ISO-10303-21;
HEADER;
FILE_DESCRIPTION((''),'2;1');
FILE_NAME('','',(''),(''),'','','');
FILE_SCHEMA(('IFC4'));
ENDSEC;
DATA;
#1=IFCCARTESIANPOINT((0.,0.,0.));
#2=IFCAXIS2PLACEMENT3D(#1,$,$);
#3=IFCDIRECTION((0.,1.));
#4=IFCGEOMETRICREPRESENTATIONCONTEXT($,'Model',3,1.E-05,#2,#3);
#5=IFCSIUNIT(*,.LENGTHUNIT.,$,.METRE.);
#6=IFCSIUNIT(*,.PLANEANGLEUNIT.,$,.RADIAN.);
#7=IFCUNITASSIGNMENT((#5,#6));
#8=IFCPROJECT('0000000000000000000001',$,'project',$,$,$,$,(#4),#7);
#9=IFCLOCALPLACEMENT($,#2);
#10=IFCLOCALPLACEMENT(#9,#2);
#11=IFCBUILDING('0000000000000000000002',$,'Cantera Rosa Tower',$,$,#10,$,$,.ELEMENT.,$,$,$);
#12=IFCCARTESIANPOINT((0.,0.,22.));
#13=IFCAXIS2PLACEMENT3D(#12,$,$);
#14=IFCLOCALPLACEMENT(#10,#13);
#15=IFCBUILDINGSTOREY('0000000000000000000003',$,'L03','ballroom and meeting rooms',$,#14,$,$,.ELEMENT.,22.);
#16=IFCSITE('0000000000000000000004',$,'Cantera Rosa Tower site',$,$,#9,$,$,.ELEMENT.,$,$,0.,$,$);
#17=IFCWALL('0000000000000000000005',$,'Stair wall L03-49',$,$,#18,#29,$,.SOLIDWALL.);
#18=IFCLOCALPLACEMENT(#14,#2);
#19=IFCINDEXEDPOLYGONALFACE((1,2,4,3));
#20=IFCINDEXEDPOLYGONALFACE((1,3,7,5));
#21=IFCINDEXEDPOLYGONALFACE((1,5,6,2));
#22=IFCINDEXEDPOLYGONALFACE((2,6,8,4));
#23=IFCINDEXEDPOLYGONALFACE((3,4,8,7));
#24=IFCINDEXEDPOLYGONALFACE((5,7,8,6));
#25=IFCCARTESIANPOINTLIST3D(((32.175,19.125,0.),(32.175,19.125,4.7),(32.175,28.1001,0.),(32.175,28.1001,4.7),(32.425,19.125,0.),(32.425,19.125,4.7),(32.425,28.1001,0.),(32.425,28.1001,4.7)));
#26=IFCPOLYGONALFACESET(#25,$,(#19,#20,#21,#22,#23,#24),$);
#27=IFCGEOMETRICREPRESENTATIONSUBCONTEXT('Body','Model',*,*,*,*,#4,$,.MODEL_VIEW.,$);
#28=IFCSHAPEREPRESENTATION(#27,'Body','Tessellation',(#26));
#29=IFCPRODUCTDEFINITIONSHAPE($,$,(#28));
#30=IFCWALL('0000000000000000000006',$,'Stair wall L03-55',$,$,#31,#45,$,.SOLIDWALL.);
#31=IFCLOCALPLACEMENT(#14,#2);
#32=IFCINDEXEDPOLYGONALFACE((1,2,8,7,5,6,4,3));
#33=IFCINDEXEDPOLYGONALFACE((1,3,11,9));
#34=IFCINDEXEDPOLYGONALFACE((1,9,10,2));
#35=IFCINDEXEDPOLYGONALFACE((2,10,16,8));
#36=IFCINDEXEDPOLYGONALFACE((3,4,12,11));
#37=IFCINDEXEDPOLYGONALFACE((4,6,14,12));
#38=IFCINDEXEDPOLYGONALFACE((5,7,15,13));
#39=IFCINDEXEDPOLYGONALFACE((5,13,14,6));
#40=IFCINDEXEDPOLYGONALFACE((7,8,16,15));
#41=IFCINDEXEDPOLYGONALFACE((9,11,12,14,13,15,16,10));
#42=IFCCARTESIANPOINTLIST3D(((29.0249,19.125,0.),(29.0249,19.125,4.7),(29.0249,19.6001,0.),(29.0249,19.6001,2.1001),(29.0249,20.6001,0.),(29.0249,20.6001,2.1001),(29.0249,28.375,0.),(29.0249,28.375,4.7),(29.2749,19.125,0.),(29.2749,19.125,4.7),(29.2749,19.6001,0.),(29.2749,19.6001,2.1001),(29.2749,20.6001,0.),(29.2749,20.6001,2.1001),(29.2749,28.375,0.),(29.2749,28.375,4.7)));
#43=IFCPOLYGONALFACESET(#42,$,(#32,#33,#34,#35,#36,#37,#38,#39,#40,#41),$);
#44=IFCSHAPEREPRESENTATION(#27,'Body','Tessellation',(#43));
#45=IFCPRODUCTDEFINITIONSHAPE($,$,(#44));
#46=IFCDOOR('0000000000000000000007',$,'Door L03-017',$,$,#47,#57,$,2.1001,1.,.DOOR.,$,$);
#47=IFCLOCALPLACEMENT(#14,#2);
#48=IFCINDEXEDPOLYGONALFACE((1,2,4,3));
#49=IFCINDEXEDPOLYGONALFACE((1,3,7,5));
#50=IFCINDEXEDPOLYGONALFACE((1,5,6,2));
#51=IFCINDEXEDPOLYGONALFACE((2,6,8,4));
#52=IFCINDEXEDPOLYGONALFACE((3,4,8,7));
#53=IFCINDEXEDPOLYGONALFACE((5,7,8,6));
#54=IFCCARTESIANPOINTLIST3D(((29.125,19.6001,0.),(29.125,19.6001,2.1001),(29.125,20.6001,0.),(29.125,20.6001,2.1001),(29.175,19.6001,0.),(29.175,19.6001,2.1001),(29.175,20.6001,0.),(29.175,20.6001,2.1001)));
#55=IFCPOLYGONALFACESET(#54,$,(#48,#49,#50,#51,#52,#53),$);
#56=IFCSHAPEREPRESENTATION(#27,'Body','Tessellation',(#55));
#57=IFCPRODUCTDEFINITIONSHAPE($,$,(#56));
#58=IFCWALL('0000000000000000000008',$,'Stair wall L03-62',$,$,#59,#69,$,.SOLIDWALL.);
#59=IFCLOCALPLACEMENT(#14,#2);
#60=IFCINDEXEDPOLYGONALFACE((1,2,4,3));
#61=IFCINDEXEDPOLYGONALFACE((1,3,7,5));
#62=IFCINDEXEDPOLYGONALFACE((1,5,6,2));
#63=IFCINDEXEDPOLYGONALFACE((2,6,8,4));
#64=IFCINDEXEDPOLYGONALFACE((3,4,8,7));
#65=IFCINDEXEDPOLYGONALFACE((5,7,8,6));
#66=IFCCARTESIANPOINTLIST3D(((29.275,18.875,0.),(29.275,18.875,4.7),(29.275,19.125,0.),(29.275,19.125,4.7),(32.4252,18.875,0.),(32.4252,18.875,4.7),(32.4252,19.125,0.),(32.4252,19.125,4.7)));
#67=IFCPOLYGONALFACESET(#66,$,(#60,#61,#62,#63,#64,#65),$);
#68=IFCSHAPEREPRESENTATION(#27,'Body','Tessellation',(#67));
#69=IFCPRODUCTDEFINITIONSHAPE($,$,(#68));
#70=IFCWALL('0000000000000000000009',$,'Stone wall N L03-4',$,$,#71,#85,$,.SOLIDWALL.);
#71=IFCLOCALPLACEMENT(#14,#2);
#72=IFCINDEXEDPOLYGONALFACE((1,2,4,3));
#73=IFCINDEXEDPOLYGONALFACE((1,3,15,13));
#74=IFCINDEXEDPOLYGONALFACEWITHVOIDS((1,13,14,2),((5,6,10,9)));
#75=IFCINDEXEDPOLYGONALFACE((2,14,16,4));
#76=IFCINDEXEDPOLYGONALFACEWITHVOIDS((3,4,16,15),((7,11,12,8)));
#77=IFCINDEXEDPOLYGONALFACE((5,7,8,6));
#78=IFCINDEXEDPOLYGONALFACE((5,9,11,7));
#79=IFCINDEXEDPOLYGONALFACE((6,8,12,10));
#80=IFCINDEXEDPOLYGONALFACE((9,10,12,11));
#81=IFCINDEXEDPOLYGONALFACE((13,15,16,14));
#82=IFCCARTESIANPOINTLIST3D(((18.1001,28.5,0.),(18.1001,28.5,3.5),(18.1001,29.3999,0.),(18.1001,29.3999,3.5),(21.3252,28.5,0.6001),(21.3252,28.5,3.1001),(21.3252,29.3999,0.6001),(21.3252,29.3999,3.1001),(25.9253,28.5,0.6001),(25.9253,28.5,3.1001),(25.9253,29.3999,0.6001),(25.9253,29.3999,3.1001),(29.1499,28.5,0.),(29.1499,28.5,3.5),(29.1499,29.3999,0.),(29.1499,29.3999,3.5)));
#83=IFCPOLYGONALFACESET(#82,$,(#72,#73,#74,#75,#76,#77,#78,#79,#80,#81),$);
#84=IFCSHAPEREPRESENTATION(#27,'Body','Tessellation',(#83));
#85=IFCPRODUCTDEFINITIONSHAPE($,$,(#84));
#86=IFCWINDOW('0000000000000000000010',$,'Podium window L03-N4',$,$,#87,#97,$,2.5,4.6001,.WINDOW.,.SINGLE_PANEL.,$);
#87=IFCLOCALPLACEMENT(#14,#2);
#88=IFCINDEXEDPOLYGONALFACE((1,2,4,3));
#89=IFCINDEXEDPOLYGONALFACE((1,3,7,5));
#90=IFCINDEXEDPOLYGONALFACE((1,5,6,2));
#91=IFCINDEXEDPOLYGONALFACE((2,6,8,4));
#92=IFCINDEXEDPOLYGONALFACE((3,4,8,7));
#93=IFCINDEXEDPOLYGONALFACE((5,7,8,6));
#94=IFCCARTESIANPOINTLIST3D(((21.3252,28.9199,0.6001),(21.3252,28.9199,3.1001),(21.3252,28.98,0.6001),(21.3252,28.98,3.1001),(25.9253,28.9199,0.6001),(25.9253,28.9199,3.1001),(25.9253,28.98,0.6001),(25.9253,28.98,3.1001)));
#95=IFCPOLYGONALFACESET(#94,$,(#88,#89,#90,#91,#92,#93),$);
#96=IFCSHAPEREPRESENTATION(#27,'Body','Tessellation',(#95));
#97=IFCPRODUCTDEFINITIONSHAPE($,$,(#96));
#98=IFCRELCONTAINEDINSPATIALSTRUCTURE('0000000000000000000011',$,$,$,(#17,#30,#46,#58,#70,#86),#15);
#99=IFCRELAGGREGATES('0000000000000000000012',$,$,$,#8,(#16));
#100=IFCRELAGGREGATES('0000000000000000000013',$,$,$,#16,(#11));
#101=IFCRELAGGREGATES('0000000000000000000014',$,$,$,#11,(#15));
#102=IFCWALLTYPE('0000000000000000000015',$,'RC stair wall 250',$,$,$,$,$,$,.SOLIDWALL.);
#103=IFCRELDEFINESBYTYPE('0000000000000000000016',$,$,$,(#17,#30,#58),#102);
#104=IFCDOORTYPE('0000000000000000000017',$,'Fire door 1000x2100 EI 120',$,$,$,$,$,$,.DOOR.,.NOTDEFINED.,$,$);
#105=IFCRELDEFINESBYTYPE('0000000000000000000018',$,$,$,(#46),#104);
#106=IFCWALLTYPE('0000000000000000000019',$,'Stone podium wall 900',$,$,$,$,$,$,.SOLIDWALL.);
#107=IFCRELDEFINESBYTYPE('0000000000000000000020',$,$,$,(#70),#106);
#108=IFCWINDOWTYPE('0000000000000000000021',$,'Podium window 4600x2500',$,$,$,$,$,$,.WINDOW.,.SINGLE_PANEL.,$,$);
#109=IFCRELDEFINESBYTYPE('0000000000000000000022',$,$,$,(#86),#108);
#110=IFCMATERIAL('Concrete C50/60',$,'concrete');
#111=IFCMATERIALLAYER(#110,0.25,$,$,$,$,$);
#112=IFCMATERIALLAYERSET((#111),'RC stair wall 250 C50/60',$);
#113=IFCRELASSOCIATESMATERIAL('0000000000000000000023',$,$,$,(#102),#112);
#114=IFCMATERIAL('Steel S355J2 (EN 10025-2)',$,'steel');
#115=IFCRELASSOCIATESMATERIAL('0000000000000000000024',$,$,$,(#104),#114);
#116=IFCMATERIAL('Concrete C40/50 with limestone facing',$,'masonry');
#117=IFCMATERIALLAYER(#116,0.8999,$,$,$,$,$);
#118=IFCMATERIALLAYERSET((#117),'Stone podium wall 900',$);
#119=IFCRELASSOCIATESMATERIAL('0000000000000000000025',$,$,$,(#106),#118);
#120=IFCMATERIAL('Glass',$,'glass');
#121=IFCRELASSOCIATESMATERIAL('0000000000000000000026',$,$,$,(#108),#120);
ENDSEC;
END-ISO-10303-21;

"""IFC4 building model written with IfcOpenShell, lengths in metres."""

from ifc_helpers import new_model, si_unit, direction, frame, frame_2d, origin, place, context, subcontext, project, spatial, rectangle, extrude, material, layer, layer_set, type_object, element, fill, save


model = new_model("IFC4")

# Units and contexts
model_context = context("Model", 3, precision=1e-05, world=origin(), true_north=direction((0.0, 1.0)))
body_context = subcontext(model_context, "Body", "Model", "MODEL_VIEW")
ifc_project = project(units=[si_unit("LENGTHUNIT", "METRE"), si_unit("PLANEANGLEUNIT", "RADIAN")], contexts=[model_context])

# Site, building, storey
site_placement = place(None, origin())
site = spatial("IfcSite", under=ifc_project, at=site_placement, Name="Cantera Rosa Tower site", CompositionType="ELEMENT", RefElevation=0.0)
building_placement = place(site_placement, origin())
building = spatial("IfcBuilding", under=site, at=building_placement, Name="Cantera Rosa Tower", CompositionType="ELEMENT")
storey_placement = place(building_placement, frame((0.0, 0.0, 22.0)))
storey = spatial("IfcBuildingStorey", under=building, at=storey_placement, Name="L03", Description="ballroom and meeting rooms", CompositionType="ELEMENT", Elevation=22.0)

# Wall
ifc_material_1 = material(Name="Concrete C50/60", Category="concrete")
ifc_layer_1 = layer(ifc_material_1, 0.25)
ifc_layer_set_1 = layer_set([ifc_layer_1], Name="RC stair wall 250 C50/60")
wall_type_1 = type_object("IfcWallType", Name="RC stair wall 250", PredefinedType="SOLIDWALL", material=ifc_layer_set_1)
wall_1_placement = place(storey_placement, frame((32.3, 19.125, 0.0), z_axis=(0.0, 0.0, 1.0), x_axis=(0.0, 1.0, 0.0)))
element("IfcWall", 1, at=wall_1_placement, inside=storey, type_object=wall_type_1, Name="Stair wall L03-49", PredefinedType="SOLIDWALL", context=body_context, shape_type="SweptSolid", body=[
    extrude(rectangle(XDim=8.9751, YDim=0.25, at=frame_2d((4.4875, 0.0))), origin(), (0.0, 0.0, 1.0), 4.7),
])

# Wall, opening, door
wall_2_placement = place(storey_placement, frame((29.1499, 19.125, 0.0), z_axis=(0.0, 0.0, 1.0), x_axis=(0.0, 1.0, 0.0)))
wall_2 = element("IfcWall", 2, at=wall_2_placement, inside=storey, type_object=wall_type_1, Name="Stair wall L03-55", PredefinedType="SOLIDWALL", context=body_context, shape_type="SweptSolid", body=[
    extrude(rectangle(XDim=9.25, YDim=0.25, at=frame_2d((4.625, 0.0))), origin(), (0.0, 0.0, 1.0), 4.7),
])
opening_1_placement = place(wall_2_placement, frame((0.4751, 0.0, 0.0)))
opening_1 = element("IfcOpeningElement", 3, at=opening_1_placement, cuts=wall_2, PredefinedType="OPENING", context=body_context, shape_type="SweptSolid", body=[
    extrude(rectangle(XDim=1.0, YDim=2.1001, at=frame_2d((0.5, 1.05))), frame((0.0, 0.135, 0.0), z_axis=(0.0, -1.0, 0.0), x_axis=(1.0, 0.0, 0.0)), (0.0, 0.0, 1.0), 0.27),
])
ifc_material_2 = material(Name="Steel S355J2 (EN 10025-2)", Category="steel")
door_type_1 = type_object("IfcDoorType", Name="Fire door 1000x2100 EI 120", OperationType="NOTDEFINED", PredefinedType="DOOR", material=ifc_material_2)
door_1_placement = place(opening_1_placement, origin())
door_1 = element("IfcDoor", 4, at=door_1_placement, inside=storey, type_object=door_type_1, Name="Door L03-017", OverallHeight=2.1001, OverallWidth=1.0, PredefinedType="DOOR", context=body_context, shape_type="SweptSolid", body=[
    extrude(rectangle(XDim=1.0, YDim=2.1001, at=frame_2d((0.5, 1.05))), frame((0.0, 0.0249, 0.0), z_axis=(0.0, -1.0, 0.0), x_axis=(1.0, 0.0, 0.0)), (0.0, 0.0, 1.0), 0.05),
])
fill(opening_1, door_1)

# Wall
wall_3_placement = place(storey_placement, frame((29.2749, 19.0, 0.0), z_axis=(0.0, 0.0, 1.0), x_axis=(1.0, 0.0, 0.0)))
element("IfcWall", 5, at=wall_3_placement, inside=storey, type_object=wall_type_1, Name="Stair wall L03-62", PredefinedType="SOLIDWALL", context=body_context, shape_type="SweptSolid", body=[
    extrude(rectangle(XDim=3.1501, YDim=0.25, at=frame_2d((1.5752, 0.0))), origin(), (0.0, 0.0, 1.0), 4.7),
])

# Wall, opening, window
ifc_material_3 = material(Name="Concrete C40/50 with limestone facing", Category="masonry")
ifc_layer_2 = layer(ifc_material_3, 0.8999)
ifc_layer_set_2 = layer_set([ifc_layer_2], Name="Stone podium wall 900")
wall_type_2 = type_object("IfcWallType", Name="Stone podium wall 900", PredefinedType="SOLIDWALL", material=ifc_layer_set_2)
wall_4_placement = place(storey_placement, frame((18.1001, 28.95, 0.0), z_axis=(0.0, 0.0, 1.0), x_axis=(1.0, 0.0, 0.0)))
wall_4 = element("IfcWall", 6, at=wall_4_placement, inside=storey, type_object=wall_type_2, Name="Stone wall N L03-4", PredefinedType="SOLIDWALL", context=body_context, shape_type="SweptSolid", body=[
    extrude(rectangle(XDim=11.0498, YDim=0.8999, at=frame_2d((5.5249, 0.0))), origin(), (0.0, 0.0, 1.0), 3.5),
])
opening_2_placement = place(wall_4_placement, frame((3.2251, 0.0, 0.6001)))
opening_2 = element("IfcOpeningElement", 7, at=opening_2_placement, cuts=wall_4, PredefinedType="OPENING", context=body_context, shape_type="SweptSolid", body=[
    extrude(rectangle(XDim=4.6001, YDim=2.5, at=frame_2d((2.3, 1.25))), frame((0.0, 0.46, 0.0), z_axis=(0.0, -1.0, 0.0), x_axis=(1.0, 0.0, 0.0)), (0.0, 0.0, 1.0), 0.9199),
])
ifc_material_4 = material(Name="Glass", Category="glass")
window_type = type_object("IfcWindowType", Name="Podium window 4600x2500", PartitioningType="SINGLE_PANEL", PredefinedType="WINDOW", material=ifc_material_4)
window_placement = place(opening_2_placement, origin())
window = element("IfcWindow", 8, at=window_placement, inside=storey, type_object=window_type, Name="Podium window L03-N4", OverallHeight=2.5, OverallWidth=4.6001, PartitioningType="SINGLE_PANEL", PredefinedType="WINDOW", context=body_context, shape_type="SweptSolid", body=[
    extrude(rectangle(XDim=4.6001, YDim=2.5, at=frame_2d((2.3, 1.25))), frame((0.0, 0.03, 0.0), z_axis=(0.0, -1.0, 0.0), x_axis=(1.0, 0.0, 0.0)), (0.0, 0.0, 1.0), 0.0601),
])
fill(opening_2, window)

save(model, "model.ifc")
